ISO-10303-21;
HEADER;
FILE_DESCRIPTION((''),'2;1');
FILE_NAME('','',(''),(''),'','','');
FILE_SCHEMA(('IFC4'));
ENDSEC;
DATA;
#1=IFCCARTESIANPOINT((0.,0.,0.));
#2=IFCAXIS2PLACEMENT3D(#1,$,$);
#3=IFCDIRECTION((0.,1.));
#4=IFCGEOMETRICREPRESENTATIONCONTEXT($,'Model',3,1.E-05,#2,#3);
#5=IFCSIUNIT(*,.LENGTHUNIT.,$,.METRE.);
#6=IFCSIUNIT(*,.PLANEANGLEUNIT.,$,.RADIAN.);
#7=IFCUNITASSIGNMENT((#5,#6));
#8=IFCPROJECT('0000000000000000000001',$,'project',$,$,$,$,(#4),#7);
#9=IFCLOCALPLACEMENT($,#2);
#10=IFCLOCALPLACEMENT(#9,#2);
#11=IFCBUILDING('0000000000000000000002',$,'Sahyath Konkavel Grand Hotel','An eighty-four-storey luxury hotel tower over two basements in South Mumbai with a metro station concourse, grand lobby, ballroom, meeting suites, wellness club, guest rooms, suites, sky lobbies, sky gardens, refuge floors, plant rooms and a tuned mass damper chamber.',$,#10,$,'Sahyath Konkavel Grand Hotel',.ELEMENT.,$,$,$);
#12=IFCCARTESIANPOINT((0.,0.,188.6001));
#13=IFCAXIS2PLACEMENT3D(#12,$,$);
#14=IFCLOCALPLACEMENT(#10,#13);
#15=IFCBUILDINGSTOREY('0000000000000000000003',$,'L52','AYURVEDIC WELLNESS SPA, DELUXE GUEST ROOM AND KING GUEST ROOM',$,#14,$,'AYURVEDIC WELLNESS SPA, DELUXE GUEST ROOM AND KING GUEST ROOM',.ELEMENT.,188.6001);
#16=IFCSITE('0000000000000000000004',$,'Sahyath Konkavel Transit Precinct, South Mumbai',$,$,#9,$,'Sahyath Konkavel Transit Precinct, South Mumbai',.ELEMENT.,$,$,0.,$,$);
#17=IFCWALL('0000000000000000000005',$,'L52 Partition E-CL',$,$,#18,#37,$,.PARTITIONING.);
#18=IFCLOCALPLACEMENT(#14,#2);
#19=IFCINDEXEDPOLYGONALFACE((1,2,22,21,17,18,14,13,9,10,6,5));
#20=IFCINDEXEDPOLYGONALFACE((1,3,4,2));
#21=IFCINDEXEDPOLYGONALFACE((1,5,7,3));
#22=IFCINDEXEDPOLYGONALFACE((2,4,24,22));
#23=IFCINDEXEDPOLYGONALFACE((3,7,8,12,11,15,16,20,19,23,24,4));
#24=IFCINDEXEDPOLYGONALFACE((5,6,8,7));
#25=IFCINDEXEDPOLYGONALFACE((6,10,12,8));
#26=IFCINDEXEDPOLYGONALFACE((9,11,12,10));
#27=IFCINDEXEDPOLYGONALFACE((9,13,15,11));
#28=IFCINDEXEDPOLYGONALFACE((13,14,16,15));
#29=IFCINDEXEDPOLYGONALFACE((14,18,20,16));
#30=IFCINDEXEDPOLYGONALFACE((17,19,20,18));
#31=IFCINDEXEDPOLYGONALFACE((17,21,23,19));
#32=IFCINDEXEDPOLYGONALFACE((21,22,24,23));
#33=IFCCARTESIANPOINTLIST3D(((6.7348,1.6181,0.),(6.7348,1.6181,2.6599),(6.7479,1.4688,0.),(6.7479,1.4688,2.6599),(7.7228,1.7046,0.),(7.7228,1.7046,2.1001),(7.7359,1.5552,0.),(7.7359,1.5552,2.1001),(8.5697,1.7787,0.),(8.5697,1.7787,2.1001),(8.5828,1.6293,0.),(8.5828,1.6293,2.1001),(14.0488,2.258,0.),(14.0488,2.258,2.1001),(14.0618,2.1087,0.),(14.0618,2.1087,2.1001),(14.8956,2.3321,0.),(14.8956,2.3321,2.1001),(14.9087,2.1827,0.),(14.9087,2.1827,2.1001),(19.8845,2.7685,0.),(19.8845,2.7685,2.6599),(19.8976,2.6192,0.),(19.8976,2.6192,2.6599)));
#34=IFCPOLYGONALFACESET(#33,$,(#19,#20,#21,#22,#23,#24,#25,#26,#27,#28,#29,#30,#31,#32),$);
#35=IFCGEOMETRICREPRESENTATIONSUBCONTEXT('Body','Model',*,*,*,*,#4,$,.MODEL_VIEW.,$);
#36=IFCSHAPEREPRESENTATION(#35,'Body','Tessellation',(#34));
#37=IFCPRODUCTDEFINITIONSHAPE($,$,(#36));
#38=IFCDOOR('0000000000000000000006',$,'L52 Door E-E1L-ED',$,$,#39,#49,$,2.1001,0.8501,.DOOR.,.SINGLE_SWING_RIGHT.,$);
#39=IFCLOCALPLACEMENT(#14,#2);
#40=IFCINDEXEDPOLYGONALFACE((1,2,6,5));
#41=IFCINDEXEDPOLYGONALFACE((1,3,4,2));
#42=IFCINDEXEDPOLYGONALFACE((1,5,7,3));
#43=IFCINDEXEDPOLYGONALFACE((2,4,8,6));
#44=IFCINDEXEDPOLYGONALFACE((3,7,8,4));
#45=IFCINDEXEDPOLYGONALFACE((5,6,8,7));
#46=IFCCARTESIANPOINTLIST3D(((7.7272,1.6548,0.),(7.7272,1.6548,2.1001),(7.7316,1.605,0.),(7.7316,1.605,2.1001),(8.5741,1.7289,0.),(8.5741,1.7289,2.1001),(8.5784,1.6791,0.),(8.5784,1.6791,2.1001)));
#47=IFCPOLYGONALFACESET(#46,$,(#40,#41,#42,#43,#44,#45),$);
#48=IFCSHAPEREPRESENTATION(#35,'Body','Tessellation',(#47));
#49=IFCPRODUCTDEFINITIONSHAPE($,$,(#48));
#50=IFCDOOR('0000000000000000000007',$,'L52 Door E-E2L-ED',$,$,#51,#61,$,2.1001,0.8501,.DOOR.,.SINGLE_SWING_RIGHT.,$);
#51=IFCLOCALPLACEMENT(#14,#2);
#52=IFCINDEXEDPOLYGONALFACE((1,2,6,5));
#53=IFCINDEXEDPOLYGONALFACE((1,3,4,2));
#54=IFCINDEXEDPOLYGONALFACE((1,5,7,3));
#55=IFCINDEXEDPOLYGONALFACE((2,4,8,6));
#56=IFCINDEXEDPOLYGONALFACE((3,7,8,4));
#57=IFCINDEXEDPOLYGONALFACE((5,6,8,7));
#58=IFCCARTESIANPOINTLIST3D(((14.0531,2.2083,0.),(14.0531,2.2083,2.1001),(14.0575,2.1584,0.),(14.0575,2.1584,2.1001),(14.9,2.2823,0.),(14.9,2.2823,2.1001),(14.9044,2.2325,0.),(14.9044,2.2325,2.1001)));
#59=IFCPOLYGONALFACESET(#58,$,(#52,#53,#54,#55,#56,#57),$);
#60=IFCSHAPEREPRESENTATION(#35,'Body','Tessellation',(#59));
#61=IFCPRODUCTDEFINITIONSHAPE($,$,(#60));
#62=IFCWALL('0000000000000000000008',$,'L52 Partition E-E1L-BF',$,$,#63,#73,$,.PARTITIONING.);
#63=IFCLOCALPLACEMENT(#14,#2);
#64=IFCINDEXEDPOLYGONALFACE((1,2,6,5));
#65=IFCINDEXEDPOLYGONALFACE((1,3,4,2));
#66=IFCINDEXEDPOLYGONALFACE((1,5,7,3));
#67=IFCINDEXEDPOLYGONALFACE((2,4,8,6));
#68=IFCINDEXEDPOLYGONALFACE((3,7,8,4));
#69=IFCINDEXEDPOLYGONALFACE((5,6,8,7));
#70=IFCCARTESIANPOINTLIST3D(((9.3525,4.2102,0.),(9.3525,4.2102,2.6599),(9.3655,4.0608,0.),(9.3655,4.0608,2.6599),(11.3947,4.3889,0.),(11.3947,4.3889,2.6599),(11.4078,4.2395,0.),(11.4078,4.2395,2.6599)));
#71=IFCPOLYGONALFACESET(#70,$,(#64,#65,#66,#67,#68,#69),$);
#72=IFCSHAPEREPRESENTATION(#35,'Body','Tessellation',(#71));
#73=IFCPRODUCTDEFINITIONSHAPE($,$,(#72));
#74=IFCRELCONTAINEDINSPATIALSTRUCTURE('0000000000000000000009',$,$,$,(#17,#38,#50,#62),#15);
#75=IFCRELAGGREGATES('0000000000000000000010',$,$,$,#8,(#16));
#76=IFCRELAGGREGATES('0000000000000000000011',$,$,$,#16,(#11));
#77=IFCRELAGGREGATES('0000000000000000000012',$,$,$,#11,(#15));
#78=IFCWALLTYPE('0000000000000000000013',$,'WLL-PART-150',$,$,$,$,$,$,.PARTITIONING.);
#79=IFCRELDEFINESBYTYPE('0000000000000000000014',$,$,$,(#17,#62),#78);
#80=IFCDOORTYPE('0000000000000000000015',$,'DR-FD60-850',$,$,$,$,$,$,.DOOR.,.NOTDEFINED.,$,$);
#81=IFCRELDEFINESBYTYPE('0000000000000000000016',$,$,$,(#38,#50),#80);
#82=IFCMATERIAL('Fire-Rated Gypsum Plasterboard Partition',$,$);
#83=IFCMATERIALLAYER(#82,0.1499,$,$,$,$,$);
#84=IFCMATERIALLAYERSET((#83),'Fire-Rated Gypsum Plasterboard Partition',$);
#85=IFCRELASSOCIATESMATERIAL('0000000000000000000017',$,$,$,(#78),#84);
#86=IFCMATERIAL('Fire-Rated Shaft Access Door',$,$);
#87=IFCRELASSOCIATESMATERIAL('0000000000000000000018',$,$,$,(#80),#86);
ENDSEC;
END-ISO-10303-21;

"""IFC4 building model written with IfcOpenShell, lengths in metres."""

from ifc_helpers import new_model, si_unit, direction, frame, frame_2d, origin, origin_2d, place, context, subcontext, project, spatial, rectangle, extrude, source, transform, mapped, material, layer, layer_set, type_object, element, fill, save


model = new_model("IFC4")

# Units and contexts
model_context = context("Model", 3, precision=1e-05, world=origin(), true_north=direction((0.0, 1.0)))
body_context = subcontext(model_context, "Body", "Model", "MODEL_VIEW")
ifc_project = project(units=[si_unit("LENGTHUNIT", "METRE"), si_unit("PLANEANGLEUNIT", "RADIAN")], contexts=[model_context])

# Site, building, storey
site_placement = place(None, origin())
site = spatial("IfcSite", under=ifc_project, at=site_placement, Name="Sahyath Konkavel Transit Precinct, South Mumbai", LongName="Sahyath Konkavel Transit Precinct, South Mumbai", CompositionType="ELEMENT", RefElevation=0.0)
building_placement = place(site_placement, origin())
building = spatial("IfcBuilding", under=site, at=building_placement, Name="Sahyath Konkavel Grand Hotel", Description="An eighty-four-storey luxury hotel tower over two basements in South Mumbai with a metro station concourse, grand lobby, ballroom, meeting suites, wellness club, guest rooms, suites, sky lobbies, sky gardens, refuge floors, plant rooms and a tuned mass damper chamber.", LongName="Sahyath Konkavel Grand Hotel", CompositionType="ELEMENT")
storey_placement = place(building_placement, frame((0.0, 0.0, 188.6001)))
storey = spatial("IfcBuildingStorey", under=building, at=storey_placement, Name="L52", Description="AYURVEDIC WELLNESS SPA, DELUXE GUEST ROOM AND KING GUEST ROOM", LongName="AYURVEDIC WELLNESS SPA, DELUXE GUEST ROOM AND KING GUEST ROOM", CompositionType="ELEMENT", Elevation=188.6001)

# Shared definitions
shared_shape_1 = source(origin(), body_context, "Body", "SweptSolid", [
    extrude(rectangle(XDim=0.8501, YDim=0.05, at=origin_2d()), origin(), (0.0, 0.0, 1.0), 2.1001),
])

# Wall, openings, doors
ifc_material_1 = material(Name="Fire-Rated Gypsum Plasterboard Partition")
ifc_layer_1 = layer(ifc_material_1, 0.1499)
ifc_layer_set_1 = layer_set([ifc_layer_1], Name="Fire-Rated Gypsum Plasterboard Partition")
wall_type_1 = type_object("IfcWallType", Name="WLL-PART-150", PredefinedType="PARTITIONING", material=ifc_layer_set_1)
wall_1_placement = place(storey_placement, frame((6.7412, 1.5435, 0.0), z_axis=(0.0, 0.0, 1.0), x_axis=(0.996195, 0.087152, 0.0)))
wall_1 = element("IfcWall", 1, at=wall_1_placement, inside=storey, type_object=wall_type_1, Name="L52 Partition E-CL", PredefinedType="PARTITIONING", context=body_context, shape_type="SweptSolid", body=[
    extrude(rectangle(XDim=13.2, YDim=0.1499, at=frame_2d((6.6001, 0.0))), origin(), (0.0, 0.0, 1.0), 2.6599),
])
opening_1_placement = place(wall_1_placement, frame((0.9919, 0.0, 0.0)))
opening_1 = element("IfcOpeningElement", 2, at=opening_1_placement, cuts=wall_1, PredefinedType="OPENING", context=body_context, shape_type="SweptSolid", body=[
    extrude(rectangle(XDim=0.8501, YDim=2.1001, at=frame_2d((0.425, 1.05))), frame((0.0, 0.085, 0.0), z_axis=(0.0, -1.0, 0.0), x_axis=(1.0, 0.0, 0.0)), (0.0, 0.0, 1.0), 0.1699),
])
opening_2_placement = place(wall_1_placement, frame((7.342, 0.0, 0.0)))
opening_2 = element("IfcOpeningElement", 3, at=opening_2_placement, cuts=wall_1, PredefinedType="OPENING", context=body_context, shape_type="SweptSolid", body=[
    extrude(rectangle(XDim=0.8501, YDim=2.1001, at=frame_2d((0.425, 1.05))), frame((0.0, 0.085, 0.0), z_axis=(0.0, -1.0, 0.0), x_axis=(1.0, 0.0, 0.0)), (0.0, 0.0, 1.0), 0.1699),
])
ifc_material_2 = material(Name="Fire-Rated Shaft Access Door")
door_type_1 = type_object("IfcDoorType", Name="DR-FD60-850", OperationType="NOTDEFINED", PredefinedType="DOOR", material=ifc_material_2)
door_1_placement = place(opening_1_placement, frame((0.425, 0.0, 0.0)))
door_1 = element("IfcDoor", 4, at=door_1_placement, inside=storey, type_object=door_type_1, Name="L52 Door E-E1L-ED", OperationType="SINGLE_SWING_RIGHT", OverallHeight=2.1001, OverallWidth=0.8501, PredefinedType="DOOR", context=body_context, shape_type="MappedRepresentation", body=[
    mapped(shared_shape_1, transform((0.0, 0.0, 0.0), scale=1.0)),
])
fill(opening_1, door_1)
door_2_placement = place(opening_2_placement, frame((0.425, 0.0, 0.0)))
door_2 = element("IfcDoor", 5, at=door_2_placement, inside=storey, type_object=door_type_1, Name="L52 Door E-E2L-ED", OperationType="SINGLE_SWING_RIGHT", OverallHeight=2.1001, OverallWidth=0.8501, PredefinedType="DOOR", context=body_context, shape_type="MappedRepresentation", body=[
    mapped(shared_shape_1, transform((0.0, 0.0, 0.0), scale=1.0)),
])
fill(opening_2, door_2)

# Wall
wall_2_placement = place(storey_placement, frame((9.3591, 4.1355, 0.0), z_axis=(0.0, 0.0, 1.0), x_axis=(0.996193, 0.087174, 0.0)))
element("IfcWall", 6, at=wall_2_placement, inside=storey, type_object=wall_type_1, Name="L52 Partition E-E1L-BF", PredefinedType="PARTITIONING", context=body_context, shape_type="SweptSolid", body=[
    extrude(rectangle(XDim=2.05, YDim=0.1499, at=frame_2d((1.0249, 0.0))), origin(), (0.0, 0.0, 1.0), 2.6599),
])

save(model, "model.ifc")
